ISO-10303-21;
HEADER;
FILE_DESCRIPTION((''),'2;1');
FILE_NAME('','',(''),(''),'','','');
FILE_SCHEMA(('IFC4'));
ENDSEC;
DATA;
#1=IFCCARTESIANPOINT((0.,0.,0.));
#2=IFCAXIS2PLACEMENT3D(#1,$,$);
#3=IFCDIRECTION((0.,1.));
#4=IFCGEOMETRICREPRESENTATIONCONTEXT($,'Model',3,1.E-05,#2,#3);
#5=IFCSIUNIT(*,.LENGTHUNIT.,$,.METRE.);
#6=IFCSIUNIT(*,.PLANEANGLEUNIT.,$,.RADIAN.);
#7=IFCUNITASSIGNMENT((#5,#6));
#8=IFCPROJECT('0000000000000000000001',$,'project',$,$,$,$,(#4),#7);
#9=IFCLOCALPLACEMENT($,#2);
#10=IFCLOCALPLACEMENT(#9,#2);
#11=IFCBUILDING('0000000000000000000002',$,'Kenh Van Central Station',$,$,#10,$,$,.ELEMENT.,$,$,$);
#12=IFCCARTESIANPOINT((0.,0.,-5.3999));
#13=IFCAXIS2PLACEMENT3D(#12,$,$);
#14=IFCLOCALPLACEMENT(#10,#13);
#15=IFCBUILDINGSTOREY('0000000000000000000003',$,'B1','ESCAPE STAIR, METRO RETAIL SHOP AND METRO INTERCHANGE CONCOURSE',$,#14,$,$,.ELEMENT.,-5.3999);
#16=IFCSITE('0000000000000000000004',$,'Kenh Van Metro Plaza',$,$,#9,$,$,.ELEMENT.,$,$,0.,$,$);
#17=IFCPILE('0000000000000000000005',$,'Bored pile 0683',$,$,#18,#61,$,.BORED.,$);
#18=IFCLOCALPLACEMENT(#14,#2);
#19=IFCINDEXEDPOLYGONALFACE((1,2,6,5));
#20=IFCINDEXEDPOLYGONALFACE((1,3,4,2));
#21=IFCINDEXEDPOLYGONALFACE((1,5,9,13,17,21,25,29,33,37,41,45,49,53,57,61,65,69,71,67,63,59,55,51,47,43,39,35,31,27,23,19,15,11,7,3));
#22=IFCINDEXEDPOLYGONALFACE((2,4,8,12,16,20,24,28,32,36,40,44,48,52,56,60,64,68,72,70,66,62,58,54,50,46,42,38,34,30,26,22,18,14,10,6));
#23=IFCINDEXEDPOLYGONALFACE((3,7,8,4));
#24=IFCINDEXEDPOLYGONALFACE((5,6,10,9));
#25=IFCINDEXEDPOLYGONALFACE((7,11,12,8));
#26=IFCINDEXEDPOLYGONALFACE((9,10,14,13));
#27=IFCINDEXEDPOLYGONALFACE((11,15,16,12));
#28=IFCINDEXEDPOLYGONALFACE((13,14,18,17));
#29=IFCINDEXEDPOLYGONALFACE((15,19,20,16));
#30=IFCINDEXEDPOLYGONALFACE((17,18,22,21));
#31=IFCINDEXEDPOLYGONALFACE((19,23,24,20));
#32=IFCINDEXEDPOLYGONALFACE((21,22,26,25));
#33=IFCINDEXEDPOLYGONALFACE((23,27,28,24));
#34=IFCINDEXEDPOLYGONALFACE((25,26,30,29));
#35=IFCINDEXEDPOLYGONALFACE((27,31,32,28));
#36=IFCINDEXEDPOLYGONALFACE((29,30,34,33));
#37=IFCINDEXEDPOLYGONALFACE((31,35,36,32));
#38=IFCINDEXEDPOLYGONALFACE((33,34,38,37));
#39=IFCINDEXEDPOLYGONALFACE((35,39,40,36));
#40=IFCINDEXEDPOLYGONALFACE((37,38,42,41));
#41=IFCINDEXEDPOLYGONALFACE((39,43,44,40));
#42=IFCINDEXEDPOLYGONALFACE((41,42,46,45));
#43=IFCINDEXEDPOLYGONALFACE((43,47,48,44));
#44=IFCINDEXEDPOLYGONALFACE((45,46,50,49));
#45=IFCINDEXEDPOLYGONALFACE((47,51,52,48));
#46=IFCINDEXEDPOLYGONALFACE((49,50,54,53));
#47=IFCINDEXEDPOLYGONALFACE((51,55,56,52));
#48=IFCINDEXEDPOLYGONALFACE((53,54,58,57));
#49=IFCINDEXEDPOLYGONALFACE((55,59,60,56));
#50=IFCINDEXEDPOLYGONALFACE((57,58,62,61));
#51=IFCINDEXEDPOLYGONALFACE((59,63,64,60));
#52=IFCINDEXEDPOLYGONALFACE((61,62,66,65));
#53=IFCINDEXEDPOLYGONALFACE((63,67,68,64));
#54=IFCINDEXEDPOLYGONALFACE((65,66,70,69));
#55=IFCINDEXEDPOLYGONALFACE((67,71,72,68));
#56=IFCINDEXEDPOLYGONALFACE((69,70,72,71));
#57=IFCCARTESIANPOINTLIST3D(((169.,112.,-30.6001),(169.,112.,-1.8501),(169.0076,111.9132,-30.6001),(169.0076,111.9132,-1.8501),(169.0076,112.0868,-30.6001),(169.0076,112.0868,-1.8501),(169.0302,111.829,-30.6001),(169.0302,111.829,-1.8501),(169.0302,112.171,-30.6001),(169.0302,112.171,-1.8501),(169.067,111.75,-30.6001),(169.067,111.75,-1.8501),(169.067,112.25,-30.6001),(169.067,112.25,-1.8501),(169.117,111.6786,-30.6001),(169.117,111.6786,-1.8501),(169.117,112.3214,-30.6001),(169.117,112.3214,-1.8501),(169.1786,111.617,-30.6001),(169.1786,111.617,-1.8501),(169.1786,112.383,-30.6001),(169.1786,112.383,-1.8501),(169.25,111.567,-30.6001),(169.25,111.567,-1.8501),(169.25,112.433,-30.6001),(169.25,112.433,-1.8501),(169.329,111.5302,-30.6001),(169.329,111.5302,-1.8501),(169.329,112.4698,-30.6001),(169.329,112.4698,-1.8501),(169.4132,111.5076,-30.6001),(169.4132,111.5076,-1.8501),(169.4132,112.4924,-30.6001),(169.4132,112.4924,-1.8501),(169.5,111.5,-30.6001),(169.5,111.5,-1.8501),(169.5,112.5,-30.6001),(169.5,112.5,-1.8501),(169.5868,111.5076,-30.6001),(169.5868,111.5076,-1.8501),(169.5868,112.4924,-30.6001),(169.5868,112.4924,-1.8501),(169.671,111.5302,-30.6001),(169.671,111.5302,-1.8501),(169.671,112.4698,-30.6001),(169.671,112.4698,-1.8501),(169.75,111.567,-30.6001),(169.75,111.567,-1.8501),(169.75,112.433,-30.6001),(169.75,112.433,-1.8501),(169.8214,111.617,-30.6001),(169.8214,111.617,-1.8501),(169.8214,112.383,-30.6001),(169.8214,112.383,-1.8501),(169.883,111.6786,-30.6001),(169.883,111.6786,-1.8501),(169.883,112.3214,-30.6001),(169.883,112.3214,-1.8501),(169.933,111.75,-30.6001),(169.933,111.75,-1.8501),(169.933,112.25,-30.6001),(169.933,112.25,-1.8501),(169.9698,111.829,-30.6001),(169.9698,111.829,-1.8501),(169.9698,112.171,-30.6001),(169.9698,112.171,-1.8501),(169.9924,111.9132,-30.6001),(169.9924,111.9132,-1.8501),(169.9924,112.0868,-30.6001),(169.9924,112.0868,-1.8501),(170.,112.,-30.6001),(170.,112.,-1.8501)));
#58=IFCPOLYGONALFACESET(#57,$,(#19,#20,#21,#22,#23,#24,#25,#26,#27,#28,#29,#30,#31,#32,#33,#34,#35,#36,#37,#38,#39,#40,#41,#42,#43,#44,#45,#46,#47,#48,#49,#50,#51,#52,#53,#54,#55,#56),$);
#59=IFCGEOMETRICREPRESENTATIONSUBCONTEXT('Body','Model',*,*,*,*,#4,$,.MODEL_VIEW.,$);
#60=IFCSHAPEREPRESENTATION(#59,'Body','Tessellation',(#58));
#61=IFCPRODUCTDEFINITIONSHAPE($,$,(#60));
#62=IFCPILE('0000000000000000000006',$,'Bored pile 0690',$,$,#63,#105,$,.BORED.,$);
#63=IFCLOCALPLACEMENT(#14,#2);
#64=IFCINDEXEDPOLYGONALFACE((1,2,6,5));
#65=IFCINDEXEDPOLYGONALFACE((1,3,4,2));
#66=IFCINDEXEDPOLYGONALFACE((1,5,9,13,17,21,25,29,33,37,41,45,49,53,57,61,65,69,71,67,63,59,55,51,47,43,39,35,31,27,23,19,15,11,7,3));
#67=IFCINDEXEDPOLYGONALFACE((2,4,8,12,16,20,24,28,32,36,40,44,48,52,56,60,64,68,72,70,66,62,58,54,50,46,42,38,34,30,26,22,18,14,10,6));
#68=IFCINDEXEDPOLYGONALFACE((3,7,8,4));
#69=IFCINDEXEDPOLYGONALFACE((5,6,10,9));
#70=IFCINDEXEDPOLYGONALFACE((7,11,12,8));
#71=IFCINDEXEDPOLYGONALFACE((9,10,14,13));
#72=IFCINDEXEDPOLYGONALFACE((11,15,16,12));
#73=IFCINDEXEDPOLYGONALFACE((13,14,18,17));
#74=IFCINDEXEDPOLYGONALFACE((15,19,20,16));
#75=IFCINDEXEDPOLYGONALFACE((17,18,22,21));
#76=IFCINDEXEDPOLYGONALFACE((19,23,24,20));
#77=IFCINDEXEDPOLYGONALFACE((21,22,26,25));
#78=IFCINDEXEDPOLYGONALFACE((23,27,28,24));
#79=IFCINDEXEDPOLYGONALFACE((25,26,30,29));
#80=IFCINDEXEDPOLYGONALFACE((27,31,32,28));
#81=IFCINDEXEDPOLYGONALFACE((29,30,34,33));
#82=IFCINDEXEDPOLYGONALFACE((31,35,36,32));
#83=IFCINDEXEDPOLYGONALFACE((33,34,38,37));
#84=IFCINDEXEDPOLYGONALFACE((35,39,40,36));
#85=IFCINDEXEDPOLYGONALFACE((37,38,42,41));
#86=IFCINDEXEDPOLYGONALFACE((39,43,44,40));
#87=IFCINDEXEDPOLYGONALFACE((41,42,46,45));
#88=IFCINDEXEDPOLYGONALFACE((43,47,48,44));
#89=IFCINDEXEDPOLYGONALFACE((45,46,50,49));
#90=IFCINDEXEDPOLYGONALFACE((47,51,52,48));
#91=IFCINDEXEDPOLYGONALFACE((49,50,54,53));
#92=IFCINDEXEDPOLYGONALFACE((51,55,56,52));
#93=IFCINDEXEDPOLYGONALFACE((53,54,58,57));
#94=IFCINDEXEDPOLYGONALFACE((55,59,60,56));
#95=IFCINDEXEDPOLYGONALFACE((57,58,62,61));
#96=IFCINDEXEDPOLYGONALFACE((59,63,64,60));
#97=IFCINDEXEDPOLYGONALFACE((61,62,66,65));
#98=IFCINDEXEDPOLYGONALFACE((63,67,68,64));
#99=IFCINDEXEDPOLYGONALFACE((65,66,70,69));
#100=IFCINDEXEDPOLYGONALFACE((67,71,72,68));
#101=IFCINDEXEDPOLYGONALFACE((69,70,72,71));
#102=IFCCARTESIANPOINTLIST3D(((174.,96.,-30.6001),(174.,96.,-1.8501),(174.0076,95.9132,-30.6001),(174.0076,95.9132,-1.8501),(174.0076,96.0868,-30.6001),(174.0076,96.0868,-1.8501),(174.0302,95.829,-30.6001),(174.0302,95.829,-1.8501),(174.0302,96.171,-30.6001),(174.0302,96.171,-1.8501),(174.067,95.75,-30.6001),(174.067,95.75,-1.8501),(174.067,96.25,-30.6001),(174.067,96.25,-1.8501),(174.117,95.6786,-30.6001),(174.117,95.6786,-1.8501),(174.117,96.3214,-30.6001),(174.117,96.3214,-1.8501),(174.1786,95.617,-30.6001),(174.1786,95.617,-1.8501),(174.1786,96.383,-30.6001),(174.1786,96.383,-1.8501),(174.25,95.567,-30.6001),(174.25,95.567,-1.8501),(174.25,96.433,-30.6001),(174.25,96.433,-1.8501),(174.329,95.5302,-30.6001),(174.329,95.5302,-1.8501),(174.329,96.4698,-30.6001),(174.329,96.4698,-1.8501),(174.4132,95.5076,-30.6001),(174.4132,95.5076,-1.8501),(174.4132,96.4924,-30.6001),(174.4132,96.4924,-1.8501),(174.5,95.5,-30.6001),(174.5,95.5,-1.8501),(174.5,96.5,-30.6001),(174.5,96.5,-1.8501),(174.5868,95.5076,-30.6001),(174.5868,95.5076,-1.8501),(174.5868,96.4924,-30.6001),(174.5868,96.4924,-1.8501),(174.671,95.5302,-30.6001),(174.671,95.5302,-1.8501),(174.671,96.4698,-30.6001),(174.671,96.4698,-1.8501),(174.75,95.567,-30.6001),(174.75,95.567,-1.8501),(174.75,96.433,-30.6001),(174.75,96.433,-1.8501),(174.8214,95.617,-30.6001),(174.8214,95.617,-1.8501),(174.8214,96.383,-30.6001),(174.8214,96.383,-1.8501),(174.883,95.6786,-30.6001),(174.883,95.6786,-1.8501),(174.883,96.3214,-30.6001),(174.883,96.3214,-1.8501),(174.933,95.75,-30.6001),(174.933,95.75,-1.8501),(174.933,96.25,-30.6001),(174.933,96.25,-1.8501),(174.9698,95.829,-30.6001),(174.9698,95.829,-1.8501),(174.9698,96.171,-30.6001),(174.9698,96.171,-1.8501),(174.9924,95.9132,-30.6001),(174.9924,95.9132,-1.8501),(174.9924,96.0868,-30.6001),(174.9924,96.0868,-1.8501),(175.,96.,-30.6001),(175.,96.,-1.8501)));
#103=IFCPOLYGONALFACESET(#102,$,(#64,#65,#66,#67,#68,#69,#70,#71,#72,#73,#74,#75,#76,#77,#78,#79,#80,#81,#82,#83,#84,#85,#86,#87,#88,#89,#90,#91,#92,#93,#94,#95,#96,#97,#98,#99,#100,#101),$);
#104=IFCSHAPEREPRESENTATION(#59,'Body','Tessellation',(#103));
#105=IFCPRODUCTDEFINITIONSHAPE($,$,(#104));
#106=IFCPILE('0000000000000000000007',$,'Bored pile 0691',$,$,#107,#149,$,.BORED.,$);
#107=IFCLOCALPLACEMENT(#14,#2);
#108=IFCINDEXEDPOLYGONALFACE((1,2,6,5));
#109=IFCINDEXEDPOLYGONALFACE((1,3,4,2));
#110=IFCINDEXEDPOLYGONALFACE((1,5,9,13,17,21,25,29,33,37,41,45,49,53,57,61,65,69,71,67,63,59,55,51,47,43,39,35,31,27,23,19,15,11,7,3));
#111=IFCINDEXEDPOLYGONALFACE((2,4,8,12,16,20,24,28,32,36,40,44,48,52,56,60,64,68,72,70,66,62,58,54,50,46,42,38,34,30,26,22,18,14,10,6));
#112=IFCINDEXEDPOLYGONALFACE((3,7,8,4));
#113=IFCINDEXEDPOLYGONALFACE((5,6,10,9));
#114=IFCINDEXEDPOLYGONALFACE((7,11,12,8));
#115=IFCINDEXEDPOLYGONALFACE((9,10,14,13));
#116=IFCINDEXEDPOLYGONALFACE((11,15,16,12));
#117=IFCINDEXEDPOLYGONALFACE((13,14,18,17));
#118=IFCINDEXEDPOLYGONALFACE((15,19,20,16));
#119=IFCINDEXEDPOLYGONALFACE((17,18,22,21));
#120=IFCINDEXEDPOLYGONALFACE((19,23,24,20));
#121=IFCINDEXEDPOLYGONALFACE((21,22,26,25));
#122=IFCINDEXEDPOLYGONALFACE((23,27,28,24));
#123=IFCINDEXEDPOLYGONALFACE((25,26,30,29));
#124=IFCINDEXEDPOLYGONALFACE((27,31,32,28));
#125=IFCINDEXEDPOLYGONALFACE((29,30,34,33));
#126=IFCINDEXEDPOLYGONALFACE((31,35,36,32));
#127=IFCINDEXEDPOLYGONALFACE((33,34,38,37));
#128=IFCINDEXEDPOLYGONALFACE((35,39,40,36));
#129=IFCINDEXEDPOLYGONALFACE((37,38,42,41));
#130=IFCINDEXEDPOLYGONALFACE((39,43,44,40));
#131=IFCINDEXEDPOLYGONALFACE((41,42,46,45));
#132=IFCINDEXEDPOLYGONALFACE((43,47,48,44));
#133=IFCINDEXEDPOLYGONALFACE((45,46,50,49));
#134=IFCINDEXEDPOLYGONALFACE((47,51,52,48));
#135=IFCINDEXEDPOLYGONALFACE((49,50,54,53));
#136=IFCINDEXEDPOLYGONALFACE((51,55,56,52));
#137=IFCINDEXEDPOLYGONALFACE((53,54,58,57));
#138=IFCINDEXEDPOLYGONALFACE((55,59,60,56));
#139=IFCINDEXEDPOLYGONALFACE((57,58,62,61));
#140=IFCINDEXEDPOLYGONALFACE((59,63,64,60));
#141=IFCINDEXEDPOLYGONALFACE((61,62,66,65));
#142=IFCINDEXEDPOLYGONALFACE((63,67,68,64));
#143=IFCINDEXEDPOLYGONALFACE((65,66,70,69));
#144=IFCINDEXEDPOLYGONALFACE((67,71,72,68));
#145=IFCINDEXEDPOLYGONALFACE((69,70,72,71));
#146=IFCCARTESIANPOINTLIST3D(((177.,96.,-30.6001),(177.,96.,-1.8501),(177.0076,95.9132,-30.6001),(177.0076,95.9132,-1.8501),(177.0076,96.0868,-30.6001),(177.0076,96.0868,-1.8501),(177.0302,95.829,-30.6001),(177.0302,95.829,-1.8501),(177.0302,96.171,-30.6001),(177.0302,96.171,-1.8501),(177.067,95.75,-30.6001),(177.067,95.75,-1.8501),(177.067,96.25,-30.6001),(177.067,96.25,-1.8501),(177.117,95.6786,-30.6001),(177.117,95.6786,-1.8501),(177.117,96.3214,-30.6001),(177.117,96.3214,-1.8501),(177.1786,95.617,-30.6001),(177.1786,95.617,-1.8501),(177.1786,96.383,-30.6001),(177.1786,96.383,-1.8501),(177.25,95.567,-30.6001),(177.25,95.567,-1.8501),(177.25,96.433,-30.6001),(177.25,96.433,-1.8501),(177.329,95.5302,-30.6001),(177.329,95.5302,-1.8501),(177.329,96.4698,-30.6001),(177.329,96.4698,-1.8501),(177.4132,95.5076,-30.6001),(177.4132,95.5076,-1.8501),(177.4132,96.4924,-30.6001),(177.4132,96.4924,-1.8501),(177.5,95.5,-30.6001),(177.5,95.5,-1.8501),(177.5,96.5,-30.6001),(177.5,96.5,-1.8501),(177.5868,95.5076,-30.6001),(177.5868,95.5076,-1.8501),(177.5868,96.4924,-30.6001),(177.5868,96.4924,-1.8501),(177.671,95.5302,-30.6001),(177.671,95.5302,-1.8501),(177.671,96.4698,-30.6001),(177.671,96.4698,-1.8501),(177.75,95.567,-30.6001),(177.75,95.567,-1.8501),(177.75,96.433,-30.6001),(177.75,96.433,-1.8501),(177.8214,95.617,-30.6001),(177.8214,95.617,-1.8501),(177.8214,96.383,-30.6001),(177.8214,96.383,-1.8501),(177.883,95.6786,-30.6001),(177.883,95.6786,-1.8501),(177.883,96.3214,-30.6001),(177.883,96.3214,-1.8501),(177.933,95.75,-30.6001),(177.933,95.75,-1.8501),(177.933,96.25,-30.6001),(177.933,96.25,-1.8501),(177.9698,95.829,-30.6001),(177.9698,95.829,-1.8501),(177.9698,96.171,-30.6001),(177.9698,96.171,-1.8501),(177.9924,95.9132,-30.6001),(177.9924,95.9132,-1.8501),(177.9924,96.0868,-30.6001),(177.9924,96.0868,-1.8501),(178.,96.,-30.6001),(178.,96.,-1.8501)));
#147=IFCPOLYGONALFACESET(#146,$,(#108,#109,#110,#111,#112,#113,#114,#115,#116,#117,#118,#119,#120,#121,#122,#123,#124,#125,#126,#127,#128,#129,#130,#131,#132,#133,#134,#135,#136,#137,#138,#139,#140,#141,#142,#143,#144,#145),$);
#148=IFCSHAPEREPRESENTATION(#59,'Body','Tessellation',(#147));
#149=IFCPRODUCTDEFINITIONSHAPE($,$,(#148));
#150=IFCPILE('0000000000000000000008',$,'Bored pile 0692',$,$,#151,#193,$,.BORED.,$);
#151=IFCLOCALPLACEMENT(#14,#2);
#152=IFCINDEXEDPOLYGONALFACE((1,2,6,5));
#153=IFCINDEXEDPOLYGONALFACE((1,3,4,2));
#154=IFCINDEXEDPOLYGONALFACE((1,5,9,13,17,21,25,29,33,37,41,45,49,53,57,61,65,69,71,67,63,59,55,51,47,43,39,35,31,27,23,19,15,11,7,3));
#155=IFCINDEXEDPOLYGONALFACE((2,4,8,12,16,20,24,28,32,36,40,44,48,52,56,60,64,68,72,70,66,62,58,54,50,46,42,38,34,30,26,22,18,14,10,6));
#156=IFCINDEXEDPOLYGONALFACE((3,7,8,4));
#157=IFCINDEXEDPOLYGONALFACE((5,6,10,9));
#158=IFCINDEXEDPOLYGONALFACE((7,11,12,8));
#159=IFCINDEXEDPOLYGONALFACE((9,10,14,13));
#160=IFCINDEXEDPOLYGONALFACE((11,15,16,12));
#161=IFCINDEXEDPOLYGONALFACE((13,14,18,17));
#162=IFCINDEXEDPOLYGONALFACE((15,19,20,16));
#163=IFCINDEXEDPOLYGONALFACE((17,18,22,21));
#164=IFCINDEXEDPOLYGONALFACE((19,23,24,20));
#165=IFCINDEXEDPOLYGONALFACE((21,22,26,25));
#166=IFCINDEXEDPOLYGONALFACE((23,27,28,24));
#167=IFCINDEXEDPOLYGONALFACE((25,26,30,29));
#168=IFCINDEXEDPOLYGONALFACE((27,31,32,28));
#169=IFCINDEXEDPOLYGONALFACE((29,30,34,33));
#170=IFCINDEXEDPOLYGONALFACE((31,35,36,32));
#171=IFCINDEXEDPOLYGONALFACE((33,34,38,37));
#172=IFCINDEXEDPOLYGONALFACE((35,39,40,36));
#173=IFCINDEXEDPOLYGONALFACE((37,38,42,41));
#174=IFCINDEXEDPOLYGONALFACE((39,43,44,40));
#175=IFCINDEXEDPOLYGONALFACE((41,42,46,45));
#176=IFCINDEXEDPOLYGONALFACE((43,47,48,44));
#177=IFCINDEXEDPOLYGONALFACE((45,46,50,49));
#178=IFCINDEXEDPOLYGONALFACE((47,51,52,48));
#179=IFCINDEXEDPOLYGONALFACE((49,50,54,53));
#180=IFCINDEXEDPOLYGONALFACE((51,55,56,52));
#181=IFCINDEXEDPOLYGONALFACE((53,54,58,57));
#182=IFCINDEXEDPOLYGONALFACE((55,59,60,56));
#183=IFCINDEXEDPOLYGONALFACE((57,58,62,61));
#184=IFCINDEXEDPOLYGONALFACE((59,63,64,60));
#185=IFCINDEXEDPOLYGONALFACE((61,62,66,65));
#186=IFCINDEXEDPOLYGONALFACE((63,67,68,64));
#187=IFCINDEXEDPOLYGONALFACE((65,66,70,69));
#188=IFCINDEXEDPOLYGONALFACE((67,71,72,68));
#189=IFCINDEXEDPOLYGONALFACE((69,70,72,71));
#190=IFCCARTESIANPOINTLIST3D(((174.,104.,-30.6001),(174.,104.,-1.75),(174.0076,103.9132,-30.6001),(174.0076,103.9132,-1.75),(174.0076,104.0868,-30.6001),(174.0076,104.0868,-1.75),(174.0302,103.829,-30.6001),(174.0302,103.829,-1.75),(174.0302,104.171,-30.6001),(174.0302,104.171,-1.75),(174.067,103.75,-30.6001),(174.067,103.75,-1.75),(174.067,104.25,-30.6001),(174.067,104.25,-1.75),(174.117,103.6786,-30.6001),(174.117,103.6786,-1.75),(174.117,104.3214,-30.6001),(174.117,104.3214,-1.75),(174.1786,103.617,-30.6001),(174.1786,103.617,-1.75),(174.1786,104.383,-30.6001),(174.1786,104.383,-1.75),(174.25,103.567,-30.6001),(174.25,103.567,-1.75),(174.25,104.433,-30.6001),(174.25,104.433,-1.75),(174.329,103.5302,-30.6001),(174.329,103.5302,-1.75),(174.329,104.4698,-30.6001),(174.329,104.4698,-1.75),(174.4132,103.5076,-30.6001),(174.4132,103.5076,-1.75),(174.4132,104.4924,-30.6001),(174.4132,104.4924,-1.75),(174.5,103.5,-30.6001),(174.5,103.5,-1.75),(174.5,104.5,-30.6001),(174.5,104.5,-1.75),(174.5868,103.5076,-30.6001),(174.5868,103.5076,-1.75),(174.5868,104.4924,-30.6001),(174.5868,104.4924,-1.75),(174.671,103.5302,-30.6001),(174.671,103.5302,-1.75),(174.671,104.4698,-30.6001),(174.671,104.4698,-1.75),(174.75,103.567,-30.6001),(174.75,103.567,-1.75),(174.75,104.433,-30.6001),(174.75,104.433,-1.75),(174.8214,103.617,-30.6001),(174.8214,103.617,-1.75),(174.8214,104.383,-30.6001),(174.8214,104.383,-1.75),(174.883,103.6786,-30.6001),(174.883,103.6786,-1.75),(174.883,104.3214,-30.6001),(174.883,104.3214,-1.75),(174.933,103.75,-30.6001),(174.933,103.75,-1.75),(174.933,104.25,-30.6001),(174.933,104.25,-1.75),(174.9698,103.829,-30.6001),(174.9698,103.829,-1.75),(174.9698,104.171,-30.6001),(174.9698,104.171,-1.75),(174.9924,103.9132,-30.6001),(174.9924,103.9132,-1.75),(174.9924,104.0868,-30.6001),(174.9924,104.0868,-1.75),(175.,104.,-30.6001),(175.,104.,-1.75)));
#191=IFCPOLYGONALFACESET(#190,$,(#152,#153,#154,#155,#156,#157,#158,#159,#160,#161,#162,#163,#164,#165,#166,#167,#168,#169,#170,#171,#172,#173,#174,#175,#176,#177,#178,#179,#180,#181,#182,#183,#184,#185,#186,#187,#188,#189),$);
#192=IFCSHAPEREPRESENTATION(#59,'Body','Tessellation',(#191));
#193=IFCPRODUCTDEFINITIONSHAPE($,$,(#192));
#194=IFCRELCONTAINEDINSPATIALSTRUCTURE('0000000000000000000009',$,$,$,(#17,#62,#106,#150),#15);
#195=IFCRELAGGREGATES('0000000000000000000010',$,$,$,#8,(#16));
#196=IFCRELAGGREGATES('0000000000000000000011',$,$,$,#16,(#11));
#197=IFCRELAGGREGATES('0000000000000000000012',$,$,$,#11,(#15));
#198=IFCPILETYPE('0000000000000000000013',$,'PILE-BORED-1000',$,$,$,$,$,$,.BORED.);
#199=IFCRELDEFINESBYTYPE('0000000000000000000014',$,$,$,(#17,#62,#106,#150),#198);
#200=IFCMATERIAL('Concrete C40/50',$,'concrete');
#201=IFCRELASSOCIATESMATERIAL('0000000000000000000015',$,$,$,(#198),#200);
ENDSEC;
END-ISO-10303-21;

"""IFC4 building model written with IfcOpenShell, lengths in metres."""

from ifc_helpers import new_model, si_unit, direction, frame, origin, origin_2d, place, context, subcontext, project, spatial, circle, extrude, material, material_profile, profile_set, type_object, element, save


model = new_model("IFC4")

# Units and contexts
model_context = context("Model", 3, precision=1e-05, world=origin(), true_north=direction((0.0, 1.0)))
body_context = subcontext(model_context, "Body", "Model", "MODEL_VIEW")
ifc_project = project(units=[si_unit("LENGTHUNIT", "METRE"), si_unit("PLANEANGLEUNIT", "RADIAN")], contexts=[model_context])

# Site, building, storey
site_placement = place(None, origin())
site = spatial("IfcSite", under=ifc_project, at=site_placement, Name="Kenh Van Metro Plaza", CompositionType="ELEMENT", RefElevation=0.0)
building_placement = place(site_placement, origin())
building = spatial("IfcBuilding", under=site, at=building_placement, Name="Kenh Van Central Station", CompositionType="ELEMENT")
storey_placement = place(building_placement, frame((0.0, 0.0, -5.3999)))
storey = spatial("IfcBuildingStorey", under=building, at=storey_placement, Name="B1", Description="ESCAPE STAIR, METRO RETAIL SHOP AND METRO INTERCHANGE CONCOURSE", CompositionType="ELEMENT", Elevation=-5.3999)

# Shared definitions
ifc_material_1 = material(Name="Concrete C40/50", Category="concrete")

# Piles
ifc_material_profile_1 = material_profile(ifc_material_1, circle(Radius=0.5, at=origin_2d()), Name="PILE D1000")
ifc_profile_set_1 = profile_set([ifc_material_profile_1], Name="Concrete C40/50")
pile_type = type_object("IfcPileType", Name="PILE-BORED-1000", PredefinedType="BORED", material=ifc_profile_set_1)
for number, where, z_axis, x_axis, name in (
    (1, (169.5, 112.0, -1.8501), (0.0, 0.0, -1.0), (1.0, 0.0, 0.0), "Bored pile 0683"),
    (2, (174.5, 96.0, -1.8501), (0.0, 0.0, -1.0), (1.0, 0.0, 0.0), "Bored pile 0690"),
    (3, (177.5, 96.0, -1.8501), (0.0, 0.0, -1.0), (1.0, 0.0, 0.0), "Bored pile 0691"),
):
    element("IfcPile", number, at=place(storey_placement, frame(where, z_axis=z_axis, x_axis=x_axis)), inside=storey, type_object=pile_type, Name=name, PredefinedType="BORED", context=body_context, shape_type="SweptSolid", body=[
        extrude(circle(Radius=0.5, at=origin_2d()), origin(), (0.0, 0.0, 1.0), 28.75),
    ])
for number, where, z_axis, x_axis, name in (
    (4, (174.5, 104.0, -1.75), (0.0, 0.0, -1.0), (1.0, 0.0, 0.0), "Bored pile 0692"),
):
    element("IfcPile", number, at=place(storey_placement, frame(where, z_axis=z_axis, x_axis=x_axis)), inside=storey, type_object=pile_type, Name=name, PredefinedType="BORED", context=body_context, shape_type="SweptSolid", body=[
        extrude(circle(Radius=0.5, at=origin_2d()), origin(), (0.0, 0.0, 1.0), 28.8501),
    ])

save(model, "model.ifc")
